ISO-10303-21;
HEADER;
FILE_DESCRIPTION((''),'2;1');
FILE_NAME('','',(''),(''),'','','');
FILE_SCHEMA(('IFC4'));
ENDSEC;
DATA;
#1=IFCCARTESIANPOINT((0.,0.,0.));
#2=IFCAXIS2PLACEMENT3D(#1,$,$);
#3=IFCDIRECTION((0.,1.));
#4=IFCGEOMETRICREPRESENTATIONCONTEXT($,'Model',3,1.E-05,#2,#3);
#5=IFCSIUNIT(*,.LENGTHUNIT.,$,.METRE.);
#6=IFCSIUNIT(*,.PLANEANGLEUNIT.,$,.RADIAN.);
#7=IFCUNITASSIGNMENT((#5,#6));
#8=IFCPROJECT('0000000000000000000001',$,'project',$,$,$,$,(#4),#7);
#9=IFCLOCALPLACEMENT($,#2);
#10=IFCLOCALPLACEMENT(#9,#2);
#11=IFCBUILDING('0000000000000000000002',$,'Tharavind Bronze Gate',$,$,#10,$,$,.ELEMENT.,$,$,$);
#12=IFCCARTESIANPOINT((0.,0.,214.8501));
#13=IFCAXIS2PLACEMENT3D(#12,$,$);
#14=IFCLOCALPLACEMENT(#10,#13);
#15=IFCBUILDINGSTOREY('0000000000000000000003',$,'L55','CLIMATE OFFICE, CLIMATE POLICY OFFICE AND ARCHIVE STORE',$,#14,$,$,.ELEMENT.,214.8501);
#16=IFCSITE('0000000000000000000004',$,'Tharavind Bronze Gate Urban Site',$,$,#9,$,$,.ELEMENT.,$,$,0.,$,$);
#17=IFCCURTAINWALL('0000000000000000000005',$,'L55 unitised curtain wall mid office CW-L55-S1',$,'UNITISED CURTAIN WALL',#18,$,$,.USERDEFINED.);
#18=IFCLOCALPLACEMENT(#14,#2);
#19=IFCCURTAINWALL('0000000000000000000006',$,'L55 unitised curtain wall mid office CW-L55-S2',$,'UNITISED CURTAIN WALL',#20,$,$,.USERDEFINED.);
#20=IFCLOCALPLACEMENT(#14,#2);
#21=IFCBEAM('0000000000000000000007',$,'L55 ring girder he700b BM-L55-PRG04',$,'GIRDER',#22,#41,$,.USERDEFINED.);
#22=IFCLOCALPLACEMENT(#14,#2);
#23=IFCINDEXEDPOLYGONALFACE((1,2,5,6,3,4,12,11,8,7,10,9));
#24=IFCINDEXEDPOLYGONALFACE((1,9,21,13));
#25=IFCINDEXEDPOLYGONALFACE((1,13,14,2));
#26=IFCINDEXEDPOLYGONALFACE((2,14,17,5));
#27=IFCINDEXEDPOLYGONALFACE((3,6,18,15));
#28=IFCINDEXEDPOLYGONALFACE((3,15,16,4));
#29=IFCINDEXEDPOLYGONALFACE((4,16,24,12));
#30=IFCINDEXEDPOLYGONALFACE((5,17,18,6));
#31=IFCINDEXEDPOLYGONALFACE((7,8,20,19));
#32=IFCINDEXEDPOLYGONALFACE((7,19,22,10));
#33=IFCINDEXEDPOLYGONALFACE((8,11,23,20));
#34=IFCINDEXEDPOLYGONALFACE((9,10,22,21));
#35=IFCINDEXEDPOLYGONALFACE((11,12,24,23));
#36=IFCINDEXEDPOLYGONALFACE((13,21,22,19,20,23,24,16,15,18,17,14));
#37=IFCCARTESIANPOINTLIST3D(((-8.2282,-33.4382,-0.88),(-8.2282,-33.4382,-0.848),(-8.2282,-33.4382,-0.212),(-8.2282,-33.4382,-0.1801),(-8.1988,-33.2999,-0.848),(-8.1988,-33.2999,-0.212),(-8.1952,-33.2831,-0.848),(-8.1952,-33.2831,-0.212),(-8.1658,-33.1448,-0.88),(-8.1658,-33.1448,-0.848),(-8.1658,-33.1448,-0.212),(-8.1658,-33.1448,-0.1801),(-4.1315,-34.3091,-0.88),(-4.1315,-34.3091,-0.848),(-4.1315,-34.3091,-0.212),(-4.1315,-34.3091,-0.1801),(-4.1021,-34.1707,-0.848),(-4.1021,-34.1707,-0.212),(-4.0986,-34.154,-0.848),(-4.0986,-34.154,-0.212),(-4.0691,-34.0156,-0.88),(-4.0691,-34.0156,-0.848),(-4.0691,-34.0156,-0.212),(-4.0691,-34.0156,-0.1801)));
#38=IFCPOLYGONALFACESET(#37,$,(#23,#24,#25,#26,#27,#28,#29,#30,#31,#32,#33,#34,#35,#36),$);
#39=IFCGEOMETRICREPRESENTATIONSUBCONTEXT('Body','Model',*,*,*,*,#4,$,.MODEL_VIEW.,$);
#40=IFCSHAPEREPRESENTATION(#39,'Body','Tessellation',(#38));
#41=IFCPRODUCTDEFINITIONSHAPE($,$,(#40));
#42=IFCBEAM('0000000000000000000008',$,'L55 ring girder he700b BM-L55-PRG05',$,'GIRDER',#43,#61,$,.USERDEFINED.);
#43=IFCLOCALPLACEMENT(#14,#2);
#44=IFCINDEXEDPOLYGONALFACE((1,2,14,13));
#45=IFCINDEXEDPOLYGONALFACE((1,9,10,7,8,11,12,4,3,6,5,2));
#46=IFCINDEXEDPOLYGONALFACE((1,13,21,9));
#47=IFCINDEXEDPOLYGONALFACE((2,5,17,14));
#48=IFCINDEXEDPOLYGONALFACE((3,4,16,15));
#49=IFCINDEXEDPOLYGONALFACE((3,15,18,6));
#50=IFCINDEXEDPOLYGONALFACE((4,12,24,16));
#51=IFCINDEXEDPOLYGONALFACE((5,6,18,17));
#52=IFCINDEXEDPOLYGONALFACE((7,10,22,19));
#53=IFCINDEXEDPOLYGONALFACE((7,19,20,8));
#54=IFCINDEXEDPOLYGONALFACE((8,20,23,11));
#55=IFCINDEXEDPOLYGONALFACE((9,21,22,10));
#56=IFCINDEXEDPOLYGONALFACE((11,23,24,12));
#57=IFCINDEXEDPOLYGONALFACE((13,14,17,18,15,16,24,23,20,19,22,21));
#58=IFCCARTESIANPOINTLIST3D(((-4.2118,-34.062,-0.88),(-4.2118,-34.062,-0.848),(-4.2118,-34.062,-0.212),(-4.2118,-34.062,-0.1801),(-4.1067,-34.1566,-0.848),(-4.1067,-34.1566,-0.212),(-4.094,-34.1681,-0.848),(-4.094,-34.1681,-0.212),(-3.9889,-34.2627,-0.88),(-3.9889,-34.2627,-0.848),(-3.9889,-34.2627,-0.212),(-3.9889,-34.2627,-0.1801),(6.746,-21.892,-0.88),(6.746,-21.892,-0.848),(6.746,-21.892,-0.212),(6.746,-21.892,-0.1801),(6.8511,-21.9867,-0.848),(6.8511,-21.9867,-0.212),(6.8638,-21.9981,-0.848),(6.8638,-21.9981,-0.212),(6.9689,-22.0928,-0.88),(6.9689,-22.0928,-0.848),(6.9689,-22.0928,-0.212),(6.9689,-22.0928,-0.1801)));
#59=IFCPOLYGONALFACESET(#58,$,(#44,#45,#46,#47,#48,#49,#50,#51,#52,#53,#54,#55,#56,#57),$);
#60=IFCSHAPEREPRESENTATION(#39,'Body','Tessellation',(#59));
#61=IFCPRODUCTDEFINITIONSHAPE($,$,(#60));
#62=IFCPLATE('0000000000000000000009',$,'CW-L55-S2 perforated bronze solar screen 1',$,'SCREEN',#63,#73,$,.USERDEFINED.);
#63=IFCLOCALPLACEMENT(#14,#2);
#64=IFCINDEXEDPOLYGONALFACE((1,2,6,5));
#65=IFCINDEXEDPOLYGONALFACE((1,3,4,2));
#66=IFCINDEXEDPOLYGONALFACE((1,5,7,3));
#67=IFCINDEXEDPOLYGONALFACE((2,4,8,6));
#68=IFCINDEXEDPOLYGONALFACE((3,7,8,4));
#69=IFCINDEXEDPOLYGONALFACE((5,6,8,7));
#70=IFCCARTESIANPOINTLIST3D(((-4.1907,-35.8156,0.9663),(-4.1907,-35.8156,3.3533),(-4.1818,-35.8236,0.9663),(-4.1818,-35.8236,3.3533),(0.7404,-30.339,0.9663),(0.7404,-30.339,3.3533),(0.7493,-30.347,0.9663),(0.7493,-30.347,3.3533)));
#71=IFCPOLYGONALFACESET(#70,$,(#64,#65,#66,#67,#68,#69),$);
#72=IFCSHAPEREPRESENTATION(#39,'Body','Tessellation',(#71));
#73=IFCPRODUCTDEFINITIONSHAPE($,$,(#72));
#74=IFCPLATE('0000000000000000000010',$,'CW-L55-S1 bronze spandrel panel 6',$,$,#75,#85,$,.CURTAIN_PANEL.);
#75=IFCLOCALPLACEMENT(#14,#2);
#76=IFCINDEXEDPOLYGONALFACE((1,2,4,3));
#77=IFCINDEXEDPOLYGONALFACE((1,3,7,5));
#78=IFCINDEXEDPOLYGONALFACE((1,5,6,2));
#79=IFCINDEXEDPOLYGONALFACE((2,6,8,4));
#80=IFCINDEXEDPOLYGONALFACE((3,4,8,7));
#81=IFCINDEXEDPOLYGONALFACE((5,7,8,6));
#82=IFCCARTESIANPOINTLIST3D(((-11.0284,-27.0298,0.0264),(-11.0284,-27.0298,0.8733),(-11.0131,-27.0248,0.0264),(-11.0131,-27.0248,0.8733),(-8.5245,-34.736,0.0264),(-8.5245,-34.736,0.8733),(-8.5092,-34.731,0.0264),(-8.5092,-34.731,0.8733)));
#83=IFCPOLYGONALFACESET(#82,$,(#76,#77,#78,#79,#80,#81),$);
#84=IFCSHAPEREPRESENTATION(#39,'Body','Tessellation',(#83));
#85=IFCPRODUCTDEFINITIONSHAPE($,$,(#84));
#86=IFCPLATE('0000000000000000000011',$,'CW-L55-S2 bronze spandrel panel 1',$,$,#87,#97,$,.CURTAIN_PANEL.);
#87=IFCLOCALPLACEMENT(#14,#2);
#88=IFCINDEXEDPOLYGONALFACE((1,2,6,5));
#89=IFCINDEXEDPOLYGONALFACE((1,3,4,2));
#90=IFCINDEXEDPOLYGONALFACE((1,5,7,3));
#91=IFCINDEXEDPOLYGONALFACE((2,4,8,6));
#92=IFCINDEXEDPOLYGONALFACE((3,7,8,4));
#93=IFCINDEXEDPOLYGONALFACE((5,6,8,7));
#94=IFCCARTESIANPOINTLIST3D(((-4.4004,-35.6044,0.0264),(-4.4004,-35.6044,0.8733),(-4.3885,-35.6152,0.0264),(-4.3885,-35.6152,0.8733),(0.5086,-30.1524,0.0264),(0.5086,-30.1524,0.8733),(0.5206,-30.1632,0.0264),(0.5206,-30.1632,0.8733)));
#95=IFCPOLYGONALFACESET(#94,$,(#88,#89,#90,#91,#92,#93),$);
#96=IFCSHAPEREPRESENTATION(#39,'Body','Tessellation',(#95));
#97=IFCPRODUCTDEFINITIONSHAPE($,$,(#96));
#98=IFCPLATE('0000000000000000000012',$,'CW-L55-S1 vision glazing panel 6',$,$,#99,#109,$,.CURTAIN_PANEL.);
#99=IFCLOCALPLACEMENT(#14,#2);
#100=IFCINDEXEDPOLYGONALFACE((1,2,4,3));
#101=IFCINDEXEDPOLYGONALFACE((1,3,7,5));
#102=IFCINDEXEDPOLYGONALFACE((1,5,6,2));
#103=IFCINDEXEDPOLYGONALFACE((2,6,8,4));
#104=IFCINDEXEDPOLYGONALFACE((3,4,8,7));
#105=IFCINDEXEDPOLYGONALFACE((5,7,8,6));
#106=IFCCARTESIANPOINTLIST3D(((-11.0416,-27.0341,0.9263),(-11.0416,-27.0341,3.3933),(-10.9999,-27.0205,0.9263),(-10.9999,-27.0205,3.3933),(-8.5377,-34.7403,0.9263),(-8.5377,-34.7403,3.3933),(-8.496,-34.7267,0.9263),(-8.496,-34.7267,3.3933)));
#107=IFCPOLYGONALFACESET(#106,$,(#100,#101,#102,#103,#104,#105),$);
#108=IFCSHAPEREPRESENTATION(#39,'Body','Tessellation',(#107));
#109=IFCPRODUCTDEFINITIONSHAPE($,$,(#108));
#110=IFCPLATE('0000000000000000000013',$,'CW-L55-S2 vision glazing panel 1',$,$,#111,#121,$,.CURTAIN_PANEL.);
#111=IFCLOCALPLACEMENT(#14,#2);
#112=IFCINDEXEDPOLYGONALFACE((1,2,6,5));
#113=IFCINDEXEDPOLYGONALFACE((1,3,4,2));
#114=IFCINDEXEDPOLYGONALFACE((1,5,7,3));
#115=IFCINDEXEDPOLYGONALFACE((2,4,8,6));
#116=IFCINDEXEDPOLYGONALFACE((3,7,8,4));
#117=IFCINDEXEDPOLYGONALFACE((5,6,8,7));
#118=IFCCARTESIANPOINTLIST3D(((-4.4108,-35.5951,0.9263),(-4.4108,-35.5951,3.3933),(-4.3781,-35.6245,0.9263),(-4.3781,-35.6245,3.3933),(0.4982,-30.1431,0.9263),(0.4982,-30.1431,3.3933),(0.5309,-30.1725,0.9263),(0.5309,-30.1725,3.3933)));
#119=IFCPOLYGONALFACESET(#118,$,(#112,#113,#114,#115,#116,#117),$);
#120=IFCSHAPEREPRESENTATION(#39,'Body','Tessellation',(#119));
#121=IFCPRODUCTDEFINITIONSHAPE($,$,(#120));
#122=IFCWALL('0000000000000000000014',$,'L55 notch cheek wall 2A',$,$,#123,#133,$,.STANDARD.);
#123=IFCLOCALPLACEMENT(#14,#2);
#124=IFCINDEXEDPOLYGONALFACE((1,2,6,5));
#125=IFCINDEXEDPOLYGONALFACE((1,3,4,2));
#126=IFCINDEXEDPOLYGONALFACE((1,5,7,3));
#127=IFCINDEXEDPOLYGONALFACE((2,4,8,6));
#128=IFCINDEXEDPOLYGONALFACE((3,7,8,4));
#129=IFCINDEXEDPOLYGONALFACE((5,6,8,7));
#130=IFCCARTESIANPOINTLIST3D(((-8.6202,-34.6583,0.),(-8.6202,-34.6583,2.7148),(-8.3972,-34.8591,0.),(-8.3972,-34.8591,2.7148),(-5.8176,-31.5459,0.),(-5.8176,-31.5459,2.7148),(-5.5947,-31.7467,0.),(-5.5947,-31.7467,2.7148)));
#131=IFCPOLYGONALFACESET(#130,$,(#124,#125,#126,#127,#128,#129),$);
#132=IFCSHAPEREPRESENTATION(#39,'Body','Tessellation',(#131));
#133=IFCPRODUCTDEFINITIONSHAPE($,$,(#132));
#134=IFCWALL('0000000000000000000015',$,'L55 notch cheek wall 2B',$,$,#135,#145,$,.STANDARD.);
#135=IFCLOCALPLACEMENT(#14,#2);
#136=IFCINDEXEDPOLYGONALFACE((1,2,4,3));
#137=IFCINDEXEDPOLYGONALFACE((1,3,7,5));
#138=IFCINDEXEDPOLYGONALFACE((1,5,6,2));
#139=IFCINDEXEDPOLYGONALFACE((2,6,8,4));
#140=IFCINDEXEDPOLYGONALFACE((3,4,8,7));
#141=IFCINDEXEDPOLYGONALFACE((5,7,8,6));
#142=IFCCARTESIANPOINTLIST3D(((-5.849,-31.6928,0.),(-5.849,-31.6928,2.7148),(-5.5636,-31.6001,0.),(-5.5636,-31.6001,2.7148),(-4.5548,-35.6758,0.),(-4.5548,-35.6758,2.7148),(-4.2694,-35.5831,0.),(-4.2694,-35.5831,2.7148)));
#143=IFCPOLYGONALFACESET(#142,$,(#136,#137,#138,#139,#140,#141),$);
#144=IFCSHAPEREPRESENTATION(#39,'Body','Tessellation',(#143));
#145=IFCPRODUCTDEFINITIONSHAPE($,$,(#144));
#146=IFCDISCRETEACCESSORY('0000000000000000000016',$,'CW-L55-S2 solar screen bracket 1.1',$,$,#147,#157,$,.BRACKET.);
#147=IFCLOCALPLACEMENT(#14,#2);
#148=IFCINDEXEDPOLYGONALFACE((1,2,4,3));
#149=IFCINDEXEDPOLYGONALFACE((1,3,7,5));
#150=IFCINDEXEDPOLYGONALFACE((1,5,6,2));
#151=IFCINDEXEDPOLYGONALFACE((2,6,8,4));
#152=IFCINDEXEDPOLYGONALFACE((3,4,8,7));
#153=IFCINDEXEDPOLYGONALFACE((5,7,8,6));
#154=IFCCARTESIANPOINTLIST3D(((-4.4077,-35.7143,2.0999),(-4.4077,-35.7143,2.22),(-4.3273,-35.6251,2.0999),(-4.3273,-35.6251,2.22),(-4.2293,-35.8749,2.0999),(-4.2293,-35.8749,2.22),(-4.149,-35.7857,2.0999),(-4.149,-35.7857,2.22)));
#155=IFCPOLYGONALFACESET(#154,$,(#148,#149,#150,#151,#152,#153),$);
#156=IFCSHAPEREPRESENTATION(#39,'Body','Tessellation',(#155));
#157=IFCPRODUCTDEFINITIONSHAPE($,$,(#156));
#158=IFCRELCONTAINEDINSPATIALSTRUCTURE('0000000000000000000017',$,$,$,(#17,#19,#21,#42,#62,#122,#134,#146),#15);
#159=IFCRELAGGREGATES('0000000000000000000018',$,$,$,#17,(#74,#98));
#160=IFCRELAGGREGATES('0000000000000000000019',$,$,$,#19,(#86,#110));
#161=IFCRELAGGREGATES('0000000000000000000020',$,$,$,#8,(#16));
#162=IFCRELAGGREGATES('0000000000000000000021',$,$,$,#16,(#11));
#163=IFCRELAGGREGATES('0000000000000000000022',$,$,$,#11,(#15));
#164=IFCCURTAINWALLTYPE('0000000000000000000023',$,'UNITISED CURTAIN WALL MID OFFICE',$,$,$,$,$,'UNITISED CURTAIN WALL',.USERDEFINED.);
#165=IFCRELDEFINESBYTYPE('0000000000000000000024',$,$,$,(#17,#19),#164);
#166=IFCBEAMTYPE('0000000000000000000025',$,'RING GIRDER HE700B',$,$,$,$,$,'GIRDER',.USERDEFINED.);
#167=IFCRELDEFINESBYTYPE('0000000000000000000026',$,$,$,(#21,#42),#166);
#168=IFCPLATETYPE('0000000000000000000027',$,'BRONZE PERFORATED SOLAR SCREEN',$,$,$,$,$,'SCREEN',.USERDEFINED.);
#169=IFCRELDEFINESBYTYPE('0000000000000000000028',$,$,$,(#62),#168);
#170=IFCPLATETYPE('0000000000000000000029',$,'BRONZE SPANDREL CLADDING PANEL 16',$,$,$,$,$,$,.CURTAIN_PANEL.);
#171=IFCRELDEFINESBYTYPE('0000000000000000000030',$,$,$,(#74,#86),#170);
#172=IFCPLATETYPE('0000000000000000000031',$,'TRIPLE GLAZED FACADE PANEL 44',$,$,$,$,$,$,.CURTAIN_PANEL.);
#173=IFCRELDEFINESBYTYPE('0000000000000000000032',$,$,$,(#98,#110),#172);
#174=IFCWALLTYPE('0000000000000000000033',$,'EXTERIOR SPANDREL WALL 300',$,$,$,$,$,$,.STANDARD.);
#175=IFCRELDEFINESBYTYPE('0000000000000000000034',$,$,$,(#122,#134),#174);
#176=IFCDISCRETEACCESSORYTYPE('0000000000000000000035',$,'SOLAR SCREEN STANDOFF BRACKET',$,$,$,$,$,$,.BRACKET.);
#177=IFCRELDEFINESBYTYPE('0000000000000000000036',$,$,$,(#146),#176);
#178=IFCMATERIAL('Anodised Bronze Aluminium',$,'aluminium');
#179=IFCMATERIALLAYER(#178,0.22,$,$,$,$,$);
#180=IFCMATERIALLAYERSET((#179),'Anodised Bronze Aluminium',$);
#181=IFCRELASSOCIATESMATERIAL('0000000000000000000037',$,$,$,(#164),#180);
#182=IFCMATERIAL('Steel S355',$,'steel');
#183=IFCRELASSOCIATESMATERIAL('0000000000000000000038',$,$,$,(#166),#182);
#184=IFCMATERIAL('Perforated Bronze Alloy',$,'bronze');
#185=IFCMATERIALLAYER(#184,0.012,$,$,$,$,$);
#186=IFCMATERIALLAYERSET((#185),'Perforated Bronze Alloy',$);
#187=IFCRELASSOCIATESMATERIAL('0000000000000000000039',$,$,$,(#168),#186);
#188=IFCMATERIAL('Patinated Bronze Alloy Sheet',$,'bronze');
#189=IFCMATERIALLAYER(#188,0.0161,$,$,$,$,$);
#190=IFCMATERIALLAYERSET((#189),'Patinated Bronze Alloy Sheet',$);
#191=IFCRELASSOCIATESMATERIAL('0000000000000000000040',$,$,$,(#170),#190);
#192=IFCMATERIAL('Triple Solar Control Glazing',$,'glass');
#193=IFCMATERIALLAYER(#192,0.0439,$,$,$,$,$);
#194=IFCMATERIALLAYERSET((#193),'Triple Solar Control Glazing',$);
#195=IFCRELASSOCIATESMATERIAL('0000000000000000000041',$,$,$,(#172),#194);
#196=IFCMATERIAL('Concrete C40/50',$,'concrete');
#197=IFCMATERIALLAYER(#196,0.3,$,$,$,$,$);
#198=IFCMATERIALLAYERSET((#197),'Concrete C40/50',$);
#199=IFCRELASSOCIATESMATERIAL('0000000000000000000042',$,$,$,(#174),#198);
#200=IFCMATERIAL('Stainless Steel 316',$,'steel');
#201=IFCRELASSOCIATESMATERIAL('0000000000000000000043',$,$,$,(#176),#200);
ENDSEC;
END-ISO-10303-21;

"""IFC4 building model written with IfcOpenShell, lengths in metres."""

from ifc_helpers import new_model, si_unit, direction, frame, frame_2d, origin, origin_2d, place, context, subcontext, project, spatial, rectangle, i_section, extrude, material, layer, layer_set, material_profile, profile_set, type_object, element, aggregate, save


model = new_model("IFC4")

# Units and contexts
model_context = context("Model", 3, precision=1e-05, world=origin(), true_north=direction((0.0, 1.0)))
body_context = subcontext(model_context, "Body", "Model", "MODEL_VIEW")
ifc_project = project(units=[si_unit("LENGTHUNIT", "METRE"), si_unit("PLANEANGLEUNIT", "RADIAN")], contexts=[model_context])

# Site, building, storey
site_placement = place(None, origin())
site = spatial("IfcSite", under=ifc_project, at=site_placement, Name="Tharavind Bronze Gate Urban Site", CompositionType="ELEMENT", RefElevation=0.0)
building_placement = place(site_placement, origin())
building = spatial("IfcBuilding", under=site, at=building_placement, Name="Tharavind Bronze Gate", CompositionType="ELEMENT")
storey_placement = place(building_placement, frame((0.0, 0.0, 214.8501)))
storey = spatial("IfcBuildingStorey", under=building, at=storey_placement, Name="L55", Description="CLIMATE OFFICE, CLIMATE POLICY OFFICE AND ARCHIVE STORE", CompositionType="ELEMENT", Elevation=214.8501)

# Curtain walls
ifc_material_1 = material(Name="Anodised Bronze Aluminium", Category="aluminium")
ifc_layer_1 = layer(ifc_material_1, 0.22)
ifc_layer_set_1 = layer_set([ifc_layer_1], Name="Anodised Bronze Aluminium")
curtain_wall_type = type_object("IfcCurtainWallType", Name="UNITISED CURTAIN WALL MID OFFICE", ElementType="UNITISED CURTAIN WALL", PredefinedType="USERDEFINED", material=ifc_layer_set_1)
curtain_wall_1_placement = place(storey_placement, origin())
curtain_wall_1 = element("IfcCurtainWall", 1, at=curtain_wall_1_placement, inside=storey, type_object=curtain_wall_type, Name="L55 unitised curtain wall mid office CW-L55-S1", ObjectType="UNITISED CURTAIN WALL", PredefinedType="USERDEFINED")
curtain_wall_2_placement = place(storey_placement, origin())
curtain_wall_2 = element("IfcCurtainWall", 2, at=curtain_wall_2_placement, inside=storey, type_object=curtain_wall_type, Name="L55 unitised curtain wall mid office CW-L55-S2", ObjectType="UNITISED CURTAIN WALL", PredefinedType="USERDEFINED")

# Beams
ifc_material_2 = material(Name="Steel S355", Category="steel")
ifc_material_profile_1 = material_profile(ifc_material_2, i_section(OverallWidth=0.3, OverallDepth=0.7, WebThickness=0.0171, FlangeThickness=0.032, at=origin_2d()), Name="HE700B")
ifc_profile_set_1 = profile_set([ifc_material_profile_1], Name="Steel S355")
beam_type_1 = type_object("IfcBeamType", Name="RING GIRDER HE700B", ElementType="GIRDER", PredefinedType="USERDEFINED", material=ifc_profile_set_1)
beam_1_placement = place(storey_placement, frame((-8.197, -33.2915, -0.53), z_axis=(0.978144, -0.207928, 0.0), x_axis=(0.207928, 0.978144, 0.0)))
element("IfcBeam", 3, at=beam_1_placement, inside=storey, type_object=beam_type_1, Name="L55 ring girder he700b BM-L55-PRG04", ObjectType="GIRDER", PredefinedType="USERDEFINED", context=body_context, shape_type="SweptSolid", body=[
    extrude(i_section(OverallWidth=0.3, OverallDepth=0.7, WebThickness=0.0171, FlangeThickness=0.032, at=origin_2d()), origin(), (0.0, 0.0, 1.0), 4.1882),
])
beam_2_placement = place(storey_placement, frame((-4.1003, -34.1624, -0.53), z_axis=(0.669128, 0.743147, 0.0), x_axis=(-0.743147, 0.669128, 0.0)))
element("IfcBeam", 4, at=beam_2_placement, inside=storey, type_object=beam_type_1, Name="L55 ring girder he700b BM-L55-PRG05", ObjectType="GIRDER", PredefinedType="USERDEFINED", context=body_context, shape_type="SweptSolid", body=[
    extrude(i_section(OverallWidth=0.3, OverallDepth=0.7, WebThickness=0.0171, FlangeThickness=0.032, at=origin_2d()), origin(), (0.0, 0.0, 1.0), 16.3762),
])

# Plates
ifc_material_3 = material(Name="Perforated Bronze Alloy", Category="bronze")
ifc_layer_2 = layer(ifc_material_3, 0.012)
ifc_layer_set_2 = layer_set([ifc_layer_2], Name="Perforated Bronze Alloy")
plate_type_1 = type_object("IfcPlateType", Name="BRONZE PERFORATED SOLAR SCREEN", ElementType="SCREEN", PredefinedType="USERDEFINED", material=ifc_layer_set_2)
plate_1_placement = place(storey_placement, frame((-1.7207, -33.0813, 0.9663), z_axis=(0.0, 0.0, 1.0), x_axis=(0.669131, 0.743145, 0.0)))
element("IfcPlate", 5, at=plate_1_placement, inside=storey, type_object=plate_type_1, Name="CW-L55-S2 perforated bronze solar screen 1", ObjectType="SCREEN", PredefinedType="USERDEFINED", context=body_context, shape_type="SweptSolid", body=[
    extrude(rectangle(XDim=7.3694, YDim=0.012, at=origin_2d()), origin(), (0.0, 0.0, 1.0), 2.387),
])
ifc_material_4 = material(Name="Patinated Bronze Alloy Sheet", Category="bronze")
ifc_layer_3 = layer(ifc_material_4, 0.0161)
ifc_layer_set_3 = layer_set([ifc_layer_3], Name="Patinated Bronze Alloy Sheet")
plate_type_2 = type_object("IfcPlateType", Name="BRONZE SPANDREL CLADDING PANEL 16", PredefinedType="CURTAIN_PANEL", material=ifc_layer_set_3)
plate_2_placement = place(storey_placement, frame((-9.7688, -30.8804, 0.0264), z_axis=(0.0, 0.0, 1.0), x_axis=(0.309017, -0.951057, 0.0)))
plate_2 = element("IfcPlate", 6, at=plate_2_placement, type_object=plate_type_2, Name="CW-L55-S1 bronze spandrel panel 6", PredefinedType="CURTAIN_PANEL", context=body_context, shape_type="SweptSolid", body=[
    extrude(rectangle(XDim=8.1028, YDim=0.0161, at=origin_2d()), origin(), (0.0, 0.0, 1.0), 0.8469),
])
plate_3_placement = place(storey_placement, frame((-1.9399, -32.8838, 0.0264), z_axis=(0.0, 0.0, 1.0), x_axis=(0.669131, 0.743145, 0.0)))
plate_3 = element("IfcPlate", 7, at=plate_3_placement, type_object=plate_type_2, Name="CW-L55-S2 bronze spandrel panel 1", PredefinedType="CURTAIN_PANEL", context=body_context, shape_type="SweptSolid", body=[
    extrude(rectangle(XDim=7.3364, YDim=0.0161, at=origin_2d()), origin(), (0.0, 0.0, 1.0), 0.8469),
])
ifc_material_5 = material(Name="Triple Solar Control Glazing", Category="glass")
ifc_layer_4 = layer(ifc_material_5, 0.0439)
ifc_layer_set_4 = layer_set([ifc_layer_4], Name="Triple Solar Control Glazing")
plate_type_3 = type_object("IfcPlateType", Name="TRIPLE GLAZED FACADE PANEL 44", PredefinedType="CURTAIN_PANEL", material=ifc_layer_set_4)
plate_4_placement = place(storey_placement, frame((-9.7688, -30.8804, 0.9263), z_axis=(0.0, 0.0, 1.0), x_axis=(0.309017, -0.951057, 0.0)))
plate_4 = element("IfcPlate", 8, at=plate_4_placement, type_object=plate_type_3, Name="CW-L55-S1 vision glazing panel 6", PredefinedType="CURTAIN_PANEL", context=body_context, shape_type="SweptSolid", body=[
    extrude(rectangle(XDim=8.1028, YDim=0.0439, at=origin_2d()), origin(), (0.0, 0.0, 1.0), 2.467),
])
aggregate(curtain_wall_1, [plate_2, plate_4])
plate_5_placement = place(storey_placement, frame((-1.9399, -32.8838, 0.9263), z_axis=(0.0, 0.0, 1.0), x_axis=(0.669131, 0.743145, 0.0)))
plate_5 = element("IfcPlate", 9, at=plate_5_placement, type_object=plate_type_3, Name="CW-L55-S2 vision glazing panel 1", PredefinedType="CURTAIN_PANEL", context=body_context, shape_type="SweptSolid", body=[
    extrude(rectangle(XDim=7.3364, YDim=0.0439, at=origin_2d()), origin(), (0.0, 0.0, 1.0), 2.467),
])
aggregate(curtain_wall_2, [plate_3, plate_5])

# Walls
ifc_material_6 = material(Name="Concrete C40/50", Category="concrete")
ifc_layer_5 = layer(ifc_material_6, 0.3)
ifc_layer_set_5 = layer_set([ifc_layer_5], Name="Concrete C40/50")
wall_type = type_object("IfcWallType", Name="EXTERIOR SPANDREL WALL 300", PredefinedType="STANDARD", material=ifc_layer_set_5)
wall_1_placement = place(storey_placement, frame((-8.5088, -34.7588, 0.0), z_axis=(0.0, 0.0, 1.0), x_axis=(0.669152, 0.743126, 0.0)))
element("IfcWall", 10, at=wall_1_placement, inside=storey, type_object=wall_type, Name="L55 notch cheek wall 2A", PredefinedType="STANDARD", context=body_context, shape_type="SweptSolid", body=[
    extrude(rectangle(XDim=4.1882, YDim=0.3, at=frame_2d((2.0942, 0.0))), origin(), (0.0, 0.0, 1.0), 2.7148),
])
wall_2_placement = place(storey_placement, frame((-5.7063, -31.6465, 0.0), z_axis=(0.0, 0.0, 1.0), x_axis=(0.309031, -0.951052, 0.0)))
element("IfcWall", 11, at=wall_2_placement, inside=storey, type_object=wall_type, Name="L55 notch cheek wall 2B", PredefinedType="STANDARD", context=body_context, shape_type="SweptSolid", body=[
    extrude(rectangle(XDim=4.188, YDim=0.3, at=frame_2d((2.094, 0.0))), origin(), (0.0, 0.0, 1.0), 2.7148),
])

# Discrete accessory
ifc_material_7 = material(Name="Stainless Steel 316", Category="steel")
discrete_accessory_type = type_object("IfcDiscreteAccessoryType", Name="SOLAR SCREEN STANDOFF BRACKET", PredefinedType="BRACKET", material=ifc_material_7)
discrete_accessory_placement = place(storey_placement, frame((-4.2783, -35.75, 2.0999), z_axis=(0.0, 0.0, 1.0), x_axis=(0.669131, 0.743145, 0.0)))
element("IfcDiscreteAccessory", 12, at=discrete_accessory_placement, inside=storey, type_object=discrete_accessory_type, Name="CW-L55-S2 solar screen bracket 1.1", PredefinedType="BRACKET", context=body_context, shape_type="SweptSolid", body=[
    extrude(rectangle(XDim=0.1201, YDim=0.24, at=origin_2d()), origin(), (0.0, 0.0, 1.0), 0.1201),
])

save(model, "model.ifc")
